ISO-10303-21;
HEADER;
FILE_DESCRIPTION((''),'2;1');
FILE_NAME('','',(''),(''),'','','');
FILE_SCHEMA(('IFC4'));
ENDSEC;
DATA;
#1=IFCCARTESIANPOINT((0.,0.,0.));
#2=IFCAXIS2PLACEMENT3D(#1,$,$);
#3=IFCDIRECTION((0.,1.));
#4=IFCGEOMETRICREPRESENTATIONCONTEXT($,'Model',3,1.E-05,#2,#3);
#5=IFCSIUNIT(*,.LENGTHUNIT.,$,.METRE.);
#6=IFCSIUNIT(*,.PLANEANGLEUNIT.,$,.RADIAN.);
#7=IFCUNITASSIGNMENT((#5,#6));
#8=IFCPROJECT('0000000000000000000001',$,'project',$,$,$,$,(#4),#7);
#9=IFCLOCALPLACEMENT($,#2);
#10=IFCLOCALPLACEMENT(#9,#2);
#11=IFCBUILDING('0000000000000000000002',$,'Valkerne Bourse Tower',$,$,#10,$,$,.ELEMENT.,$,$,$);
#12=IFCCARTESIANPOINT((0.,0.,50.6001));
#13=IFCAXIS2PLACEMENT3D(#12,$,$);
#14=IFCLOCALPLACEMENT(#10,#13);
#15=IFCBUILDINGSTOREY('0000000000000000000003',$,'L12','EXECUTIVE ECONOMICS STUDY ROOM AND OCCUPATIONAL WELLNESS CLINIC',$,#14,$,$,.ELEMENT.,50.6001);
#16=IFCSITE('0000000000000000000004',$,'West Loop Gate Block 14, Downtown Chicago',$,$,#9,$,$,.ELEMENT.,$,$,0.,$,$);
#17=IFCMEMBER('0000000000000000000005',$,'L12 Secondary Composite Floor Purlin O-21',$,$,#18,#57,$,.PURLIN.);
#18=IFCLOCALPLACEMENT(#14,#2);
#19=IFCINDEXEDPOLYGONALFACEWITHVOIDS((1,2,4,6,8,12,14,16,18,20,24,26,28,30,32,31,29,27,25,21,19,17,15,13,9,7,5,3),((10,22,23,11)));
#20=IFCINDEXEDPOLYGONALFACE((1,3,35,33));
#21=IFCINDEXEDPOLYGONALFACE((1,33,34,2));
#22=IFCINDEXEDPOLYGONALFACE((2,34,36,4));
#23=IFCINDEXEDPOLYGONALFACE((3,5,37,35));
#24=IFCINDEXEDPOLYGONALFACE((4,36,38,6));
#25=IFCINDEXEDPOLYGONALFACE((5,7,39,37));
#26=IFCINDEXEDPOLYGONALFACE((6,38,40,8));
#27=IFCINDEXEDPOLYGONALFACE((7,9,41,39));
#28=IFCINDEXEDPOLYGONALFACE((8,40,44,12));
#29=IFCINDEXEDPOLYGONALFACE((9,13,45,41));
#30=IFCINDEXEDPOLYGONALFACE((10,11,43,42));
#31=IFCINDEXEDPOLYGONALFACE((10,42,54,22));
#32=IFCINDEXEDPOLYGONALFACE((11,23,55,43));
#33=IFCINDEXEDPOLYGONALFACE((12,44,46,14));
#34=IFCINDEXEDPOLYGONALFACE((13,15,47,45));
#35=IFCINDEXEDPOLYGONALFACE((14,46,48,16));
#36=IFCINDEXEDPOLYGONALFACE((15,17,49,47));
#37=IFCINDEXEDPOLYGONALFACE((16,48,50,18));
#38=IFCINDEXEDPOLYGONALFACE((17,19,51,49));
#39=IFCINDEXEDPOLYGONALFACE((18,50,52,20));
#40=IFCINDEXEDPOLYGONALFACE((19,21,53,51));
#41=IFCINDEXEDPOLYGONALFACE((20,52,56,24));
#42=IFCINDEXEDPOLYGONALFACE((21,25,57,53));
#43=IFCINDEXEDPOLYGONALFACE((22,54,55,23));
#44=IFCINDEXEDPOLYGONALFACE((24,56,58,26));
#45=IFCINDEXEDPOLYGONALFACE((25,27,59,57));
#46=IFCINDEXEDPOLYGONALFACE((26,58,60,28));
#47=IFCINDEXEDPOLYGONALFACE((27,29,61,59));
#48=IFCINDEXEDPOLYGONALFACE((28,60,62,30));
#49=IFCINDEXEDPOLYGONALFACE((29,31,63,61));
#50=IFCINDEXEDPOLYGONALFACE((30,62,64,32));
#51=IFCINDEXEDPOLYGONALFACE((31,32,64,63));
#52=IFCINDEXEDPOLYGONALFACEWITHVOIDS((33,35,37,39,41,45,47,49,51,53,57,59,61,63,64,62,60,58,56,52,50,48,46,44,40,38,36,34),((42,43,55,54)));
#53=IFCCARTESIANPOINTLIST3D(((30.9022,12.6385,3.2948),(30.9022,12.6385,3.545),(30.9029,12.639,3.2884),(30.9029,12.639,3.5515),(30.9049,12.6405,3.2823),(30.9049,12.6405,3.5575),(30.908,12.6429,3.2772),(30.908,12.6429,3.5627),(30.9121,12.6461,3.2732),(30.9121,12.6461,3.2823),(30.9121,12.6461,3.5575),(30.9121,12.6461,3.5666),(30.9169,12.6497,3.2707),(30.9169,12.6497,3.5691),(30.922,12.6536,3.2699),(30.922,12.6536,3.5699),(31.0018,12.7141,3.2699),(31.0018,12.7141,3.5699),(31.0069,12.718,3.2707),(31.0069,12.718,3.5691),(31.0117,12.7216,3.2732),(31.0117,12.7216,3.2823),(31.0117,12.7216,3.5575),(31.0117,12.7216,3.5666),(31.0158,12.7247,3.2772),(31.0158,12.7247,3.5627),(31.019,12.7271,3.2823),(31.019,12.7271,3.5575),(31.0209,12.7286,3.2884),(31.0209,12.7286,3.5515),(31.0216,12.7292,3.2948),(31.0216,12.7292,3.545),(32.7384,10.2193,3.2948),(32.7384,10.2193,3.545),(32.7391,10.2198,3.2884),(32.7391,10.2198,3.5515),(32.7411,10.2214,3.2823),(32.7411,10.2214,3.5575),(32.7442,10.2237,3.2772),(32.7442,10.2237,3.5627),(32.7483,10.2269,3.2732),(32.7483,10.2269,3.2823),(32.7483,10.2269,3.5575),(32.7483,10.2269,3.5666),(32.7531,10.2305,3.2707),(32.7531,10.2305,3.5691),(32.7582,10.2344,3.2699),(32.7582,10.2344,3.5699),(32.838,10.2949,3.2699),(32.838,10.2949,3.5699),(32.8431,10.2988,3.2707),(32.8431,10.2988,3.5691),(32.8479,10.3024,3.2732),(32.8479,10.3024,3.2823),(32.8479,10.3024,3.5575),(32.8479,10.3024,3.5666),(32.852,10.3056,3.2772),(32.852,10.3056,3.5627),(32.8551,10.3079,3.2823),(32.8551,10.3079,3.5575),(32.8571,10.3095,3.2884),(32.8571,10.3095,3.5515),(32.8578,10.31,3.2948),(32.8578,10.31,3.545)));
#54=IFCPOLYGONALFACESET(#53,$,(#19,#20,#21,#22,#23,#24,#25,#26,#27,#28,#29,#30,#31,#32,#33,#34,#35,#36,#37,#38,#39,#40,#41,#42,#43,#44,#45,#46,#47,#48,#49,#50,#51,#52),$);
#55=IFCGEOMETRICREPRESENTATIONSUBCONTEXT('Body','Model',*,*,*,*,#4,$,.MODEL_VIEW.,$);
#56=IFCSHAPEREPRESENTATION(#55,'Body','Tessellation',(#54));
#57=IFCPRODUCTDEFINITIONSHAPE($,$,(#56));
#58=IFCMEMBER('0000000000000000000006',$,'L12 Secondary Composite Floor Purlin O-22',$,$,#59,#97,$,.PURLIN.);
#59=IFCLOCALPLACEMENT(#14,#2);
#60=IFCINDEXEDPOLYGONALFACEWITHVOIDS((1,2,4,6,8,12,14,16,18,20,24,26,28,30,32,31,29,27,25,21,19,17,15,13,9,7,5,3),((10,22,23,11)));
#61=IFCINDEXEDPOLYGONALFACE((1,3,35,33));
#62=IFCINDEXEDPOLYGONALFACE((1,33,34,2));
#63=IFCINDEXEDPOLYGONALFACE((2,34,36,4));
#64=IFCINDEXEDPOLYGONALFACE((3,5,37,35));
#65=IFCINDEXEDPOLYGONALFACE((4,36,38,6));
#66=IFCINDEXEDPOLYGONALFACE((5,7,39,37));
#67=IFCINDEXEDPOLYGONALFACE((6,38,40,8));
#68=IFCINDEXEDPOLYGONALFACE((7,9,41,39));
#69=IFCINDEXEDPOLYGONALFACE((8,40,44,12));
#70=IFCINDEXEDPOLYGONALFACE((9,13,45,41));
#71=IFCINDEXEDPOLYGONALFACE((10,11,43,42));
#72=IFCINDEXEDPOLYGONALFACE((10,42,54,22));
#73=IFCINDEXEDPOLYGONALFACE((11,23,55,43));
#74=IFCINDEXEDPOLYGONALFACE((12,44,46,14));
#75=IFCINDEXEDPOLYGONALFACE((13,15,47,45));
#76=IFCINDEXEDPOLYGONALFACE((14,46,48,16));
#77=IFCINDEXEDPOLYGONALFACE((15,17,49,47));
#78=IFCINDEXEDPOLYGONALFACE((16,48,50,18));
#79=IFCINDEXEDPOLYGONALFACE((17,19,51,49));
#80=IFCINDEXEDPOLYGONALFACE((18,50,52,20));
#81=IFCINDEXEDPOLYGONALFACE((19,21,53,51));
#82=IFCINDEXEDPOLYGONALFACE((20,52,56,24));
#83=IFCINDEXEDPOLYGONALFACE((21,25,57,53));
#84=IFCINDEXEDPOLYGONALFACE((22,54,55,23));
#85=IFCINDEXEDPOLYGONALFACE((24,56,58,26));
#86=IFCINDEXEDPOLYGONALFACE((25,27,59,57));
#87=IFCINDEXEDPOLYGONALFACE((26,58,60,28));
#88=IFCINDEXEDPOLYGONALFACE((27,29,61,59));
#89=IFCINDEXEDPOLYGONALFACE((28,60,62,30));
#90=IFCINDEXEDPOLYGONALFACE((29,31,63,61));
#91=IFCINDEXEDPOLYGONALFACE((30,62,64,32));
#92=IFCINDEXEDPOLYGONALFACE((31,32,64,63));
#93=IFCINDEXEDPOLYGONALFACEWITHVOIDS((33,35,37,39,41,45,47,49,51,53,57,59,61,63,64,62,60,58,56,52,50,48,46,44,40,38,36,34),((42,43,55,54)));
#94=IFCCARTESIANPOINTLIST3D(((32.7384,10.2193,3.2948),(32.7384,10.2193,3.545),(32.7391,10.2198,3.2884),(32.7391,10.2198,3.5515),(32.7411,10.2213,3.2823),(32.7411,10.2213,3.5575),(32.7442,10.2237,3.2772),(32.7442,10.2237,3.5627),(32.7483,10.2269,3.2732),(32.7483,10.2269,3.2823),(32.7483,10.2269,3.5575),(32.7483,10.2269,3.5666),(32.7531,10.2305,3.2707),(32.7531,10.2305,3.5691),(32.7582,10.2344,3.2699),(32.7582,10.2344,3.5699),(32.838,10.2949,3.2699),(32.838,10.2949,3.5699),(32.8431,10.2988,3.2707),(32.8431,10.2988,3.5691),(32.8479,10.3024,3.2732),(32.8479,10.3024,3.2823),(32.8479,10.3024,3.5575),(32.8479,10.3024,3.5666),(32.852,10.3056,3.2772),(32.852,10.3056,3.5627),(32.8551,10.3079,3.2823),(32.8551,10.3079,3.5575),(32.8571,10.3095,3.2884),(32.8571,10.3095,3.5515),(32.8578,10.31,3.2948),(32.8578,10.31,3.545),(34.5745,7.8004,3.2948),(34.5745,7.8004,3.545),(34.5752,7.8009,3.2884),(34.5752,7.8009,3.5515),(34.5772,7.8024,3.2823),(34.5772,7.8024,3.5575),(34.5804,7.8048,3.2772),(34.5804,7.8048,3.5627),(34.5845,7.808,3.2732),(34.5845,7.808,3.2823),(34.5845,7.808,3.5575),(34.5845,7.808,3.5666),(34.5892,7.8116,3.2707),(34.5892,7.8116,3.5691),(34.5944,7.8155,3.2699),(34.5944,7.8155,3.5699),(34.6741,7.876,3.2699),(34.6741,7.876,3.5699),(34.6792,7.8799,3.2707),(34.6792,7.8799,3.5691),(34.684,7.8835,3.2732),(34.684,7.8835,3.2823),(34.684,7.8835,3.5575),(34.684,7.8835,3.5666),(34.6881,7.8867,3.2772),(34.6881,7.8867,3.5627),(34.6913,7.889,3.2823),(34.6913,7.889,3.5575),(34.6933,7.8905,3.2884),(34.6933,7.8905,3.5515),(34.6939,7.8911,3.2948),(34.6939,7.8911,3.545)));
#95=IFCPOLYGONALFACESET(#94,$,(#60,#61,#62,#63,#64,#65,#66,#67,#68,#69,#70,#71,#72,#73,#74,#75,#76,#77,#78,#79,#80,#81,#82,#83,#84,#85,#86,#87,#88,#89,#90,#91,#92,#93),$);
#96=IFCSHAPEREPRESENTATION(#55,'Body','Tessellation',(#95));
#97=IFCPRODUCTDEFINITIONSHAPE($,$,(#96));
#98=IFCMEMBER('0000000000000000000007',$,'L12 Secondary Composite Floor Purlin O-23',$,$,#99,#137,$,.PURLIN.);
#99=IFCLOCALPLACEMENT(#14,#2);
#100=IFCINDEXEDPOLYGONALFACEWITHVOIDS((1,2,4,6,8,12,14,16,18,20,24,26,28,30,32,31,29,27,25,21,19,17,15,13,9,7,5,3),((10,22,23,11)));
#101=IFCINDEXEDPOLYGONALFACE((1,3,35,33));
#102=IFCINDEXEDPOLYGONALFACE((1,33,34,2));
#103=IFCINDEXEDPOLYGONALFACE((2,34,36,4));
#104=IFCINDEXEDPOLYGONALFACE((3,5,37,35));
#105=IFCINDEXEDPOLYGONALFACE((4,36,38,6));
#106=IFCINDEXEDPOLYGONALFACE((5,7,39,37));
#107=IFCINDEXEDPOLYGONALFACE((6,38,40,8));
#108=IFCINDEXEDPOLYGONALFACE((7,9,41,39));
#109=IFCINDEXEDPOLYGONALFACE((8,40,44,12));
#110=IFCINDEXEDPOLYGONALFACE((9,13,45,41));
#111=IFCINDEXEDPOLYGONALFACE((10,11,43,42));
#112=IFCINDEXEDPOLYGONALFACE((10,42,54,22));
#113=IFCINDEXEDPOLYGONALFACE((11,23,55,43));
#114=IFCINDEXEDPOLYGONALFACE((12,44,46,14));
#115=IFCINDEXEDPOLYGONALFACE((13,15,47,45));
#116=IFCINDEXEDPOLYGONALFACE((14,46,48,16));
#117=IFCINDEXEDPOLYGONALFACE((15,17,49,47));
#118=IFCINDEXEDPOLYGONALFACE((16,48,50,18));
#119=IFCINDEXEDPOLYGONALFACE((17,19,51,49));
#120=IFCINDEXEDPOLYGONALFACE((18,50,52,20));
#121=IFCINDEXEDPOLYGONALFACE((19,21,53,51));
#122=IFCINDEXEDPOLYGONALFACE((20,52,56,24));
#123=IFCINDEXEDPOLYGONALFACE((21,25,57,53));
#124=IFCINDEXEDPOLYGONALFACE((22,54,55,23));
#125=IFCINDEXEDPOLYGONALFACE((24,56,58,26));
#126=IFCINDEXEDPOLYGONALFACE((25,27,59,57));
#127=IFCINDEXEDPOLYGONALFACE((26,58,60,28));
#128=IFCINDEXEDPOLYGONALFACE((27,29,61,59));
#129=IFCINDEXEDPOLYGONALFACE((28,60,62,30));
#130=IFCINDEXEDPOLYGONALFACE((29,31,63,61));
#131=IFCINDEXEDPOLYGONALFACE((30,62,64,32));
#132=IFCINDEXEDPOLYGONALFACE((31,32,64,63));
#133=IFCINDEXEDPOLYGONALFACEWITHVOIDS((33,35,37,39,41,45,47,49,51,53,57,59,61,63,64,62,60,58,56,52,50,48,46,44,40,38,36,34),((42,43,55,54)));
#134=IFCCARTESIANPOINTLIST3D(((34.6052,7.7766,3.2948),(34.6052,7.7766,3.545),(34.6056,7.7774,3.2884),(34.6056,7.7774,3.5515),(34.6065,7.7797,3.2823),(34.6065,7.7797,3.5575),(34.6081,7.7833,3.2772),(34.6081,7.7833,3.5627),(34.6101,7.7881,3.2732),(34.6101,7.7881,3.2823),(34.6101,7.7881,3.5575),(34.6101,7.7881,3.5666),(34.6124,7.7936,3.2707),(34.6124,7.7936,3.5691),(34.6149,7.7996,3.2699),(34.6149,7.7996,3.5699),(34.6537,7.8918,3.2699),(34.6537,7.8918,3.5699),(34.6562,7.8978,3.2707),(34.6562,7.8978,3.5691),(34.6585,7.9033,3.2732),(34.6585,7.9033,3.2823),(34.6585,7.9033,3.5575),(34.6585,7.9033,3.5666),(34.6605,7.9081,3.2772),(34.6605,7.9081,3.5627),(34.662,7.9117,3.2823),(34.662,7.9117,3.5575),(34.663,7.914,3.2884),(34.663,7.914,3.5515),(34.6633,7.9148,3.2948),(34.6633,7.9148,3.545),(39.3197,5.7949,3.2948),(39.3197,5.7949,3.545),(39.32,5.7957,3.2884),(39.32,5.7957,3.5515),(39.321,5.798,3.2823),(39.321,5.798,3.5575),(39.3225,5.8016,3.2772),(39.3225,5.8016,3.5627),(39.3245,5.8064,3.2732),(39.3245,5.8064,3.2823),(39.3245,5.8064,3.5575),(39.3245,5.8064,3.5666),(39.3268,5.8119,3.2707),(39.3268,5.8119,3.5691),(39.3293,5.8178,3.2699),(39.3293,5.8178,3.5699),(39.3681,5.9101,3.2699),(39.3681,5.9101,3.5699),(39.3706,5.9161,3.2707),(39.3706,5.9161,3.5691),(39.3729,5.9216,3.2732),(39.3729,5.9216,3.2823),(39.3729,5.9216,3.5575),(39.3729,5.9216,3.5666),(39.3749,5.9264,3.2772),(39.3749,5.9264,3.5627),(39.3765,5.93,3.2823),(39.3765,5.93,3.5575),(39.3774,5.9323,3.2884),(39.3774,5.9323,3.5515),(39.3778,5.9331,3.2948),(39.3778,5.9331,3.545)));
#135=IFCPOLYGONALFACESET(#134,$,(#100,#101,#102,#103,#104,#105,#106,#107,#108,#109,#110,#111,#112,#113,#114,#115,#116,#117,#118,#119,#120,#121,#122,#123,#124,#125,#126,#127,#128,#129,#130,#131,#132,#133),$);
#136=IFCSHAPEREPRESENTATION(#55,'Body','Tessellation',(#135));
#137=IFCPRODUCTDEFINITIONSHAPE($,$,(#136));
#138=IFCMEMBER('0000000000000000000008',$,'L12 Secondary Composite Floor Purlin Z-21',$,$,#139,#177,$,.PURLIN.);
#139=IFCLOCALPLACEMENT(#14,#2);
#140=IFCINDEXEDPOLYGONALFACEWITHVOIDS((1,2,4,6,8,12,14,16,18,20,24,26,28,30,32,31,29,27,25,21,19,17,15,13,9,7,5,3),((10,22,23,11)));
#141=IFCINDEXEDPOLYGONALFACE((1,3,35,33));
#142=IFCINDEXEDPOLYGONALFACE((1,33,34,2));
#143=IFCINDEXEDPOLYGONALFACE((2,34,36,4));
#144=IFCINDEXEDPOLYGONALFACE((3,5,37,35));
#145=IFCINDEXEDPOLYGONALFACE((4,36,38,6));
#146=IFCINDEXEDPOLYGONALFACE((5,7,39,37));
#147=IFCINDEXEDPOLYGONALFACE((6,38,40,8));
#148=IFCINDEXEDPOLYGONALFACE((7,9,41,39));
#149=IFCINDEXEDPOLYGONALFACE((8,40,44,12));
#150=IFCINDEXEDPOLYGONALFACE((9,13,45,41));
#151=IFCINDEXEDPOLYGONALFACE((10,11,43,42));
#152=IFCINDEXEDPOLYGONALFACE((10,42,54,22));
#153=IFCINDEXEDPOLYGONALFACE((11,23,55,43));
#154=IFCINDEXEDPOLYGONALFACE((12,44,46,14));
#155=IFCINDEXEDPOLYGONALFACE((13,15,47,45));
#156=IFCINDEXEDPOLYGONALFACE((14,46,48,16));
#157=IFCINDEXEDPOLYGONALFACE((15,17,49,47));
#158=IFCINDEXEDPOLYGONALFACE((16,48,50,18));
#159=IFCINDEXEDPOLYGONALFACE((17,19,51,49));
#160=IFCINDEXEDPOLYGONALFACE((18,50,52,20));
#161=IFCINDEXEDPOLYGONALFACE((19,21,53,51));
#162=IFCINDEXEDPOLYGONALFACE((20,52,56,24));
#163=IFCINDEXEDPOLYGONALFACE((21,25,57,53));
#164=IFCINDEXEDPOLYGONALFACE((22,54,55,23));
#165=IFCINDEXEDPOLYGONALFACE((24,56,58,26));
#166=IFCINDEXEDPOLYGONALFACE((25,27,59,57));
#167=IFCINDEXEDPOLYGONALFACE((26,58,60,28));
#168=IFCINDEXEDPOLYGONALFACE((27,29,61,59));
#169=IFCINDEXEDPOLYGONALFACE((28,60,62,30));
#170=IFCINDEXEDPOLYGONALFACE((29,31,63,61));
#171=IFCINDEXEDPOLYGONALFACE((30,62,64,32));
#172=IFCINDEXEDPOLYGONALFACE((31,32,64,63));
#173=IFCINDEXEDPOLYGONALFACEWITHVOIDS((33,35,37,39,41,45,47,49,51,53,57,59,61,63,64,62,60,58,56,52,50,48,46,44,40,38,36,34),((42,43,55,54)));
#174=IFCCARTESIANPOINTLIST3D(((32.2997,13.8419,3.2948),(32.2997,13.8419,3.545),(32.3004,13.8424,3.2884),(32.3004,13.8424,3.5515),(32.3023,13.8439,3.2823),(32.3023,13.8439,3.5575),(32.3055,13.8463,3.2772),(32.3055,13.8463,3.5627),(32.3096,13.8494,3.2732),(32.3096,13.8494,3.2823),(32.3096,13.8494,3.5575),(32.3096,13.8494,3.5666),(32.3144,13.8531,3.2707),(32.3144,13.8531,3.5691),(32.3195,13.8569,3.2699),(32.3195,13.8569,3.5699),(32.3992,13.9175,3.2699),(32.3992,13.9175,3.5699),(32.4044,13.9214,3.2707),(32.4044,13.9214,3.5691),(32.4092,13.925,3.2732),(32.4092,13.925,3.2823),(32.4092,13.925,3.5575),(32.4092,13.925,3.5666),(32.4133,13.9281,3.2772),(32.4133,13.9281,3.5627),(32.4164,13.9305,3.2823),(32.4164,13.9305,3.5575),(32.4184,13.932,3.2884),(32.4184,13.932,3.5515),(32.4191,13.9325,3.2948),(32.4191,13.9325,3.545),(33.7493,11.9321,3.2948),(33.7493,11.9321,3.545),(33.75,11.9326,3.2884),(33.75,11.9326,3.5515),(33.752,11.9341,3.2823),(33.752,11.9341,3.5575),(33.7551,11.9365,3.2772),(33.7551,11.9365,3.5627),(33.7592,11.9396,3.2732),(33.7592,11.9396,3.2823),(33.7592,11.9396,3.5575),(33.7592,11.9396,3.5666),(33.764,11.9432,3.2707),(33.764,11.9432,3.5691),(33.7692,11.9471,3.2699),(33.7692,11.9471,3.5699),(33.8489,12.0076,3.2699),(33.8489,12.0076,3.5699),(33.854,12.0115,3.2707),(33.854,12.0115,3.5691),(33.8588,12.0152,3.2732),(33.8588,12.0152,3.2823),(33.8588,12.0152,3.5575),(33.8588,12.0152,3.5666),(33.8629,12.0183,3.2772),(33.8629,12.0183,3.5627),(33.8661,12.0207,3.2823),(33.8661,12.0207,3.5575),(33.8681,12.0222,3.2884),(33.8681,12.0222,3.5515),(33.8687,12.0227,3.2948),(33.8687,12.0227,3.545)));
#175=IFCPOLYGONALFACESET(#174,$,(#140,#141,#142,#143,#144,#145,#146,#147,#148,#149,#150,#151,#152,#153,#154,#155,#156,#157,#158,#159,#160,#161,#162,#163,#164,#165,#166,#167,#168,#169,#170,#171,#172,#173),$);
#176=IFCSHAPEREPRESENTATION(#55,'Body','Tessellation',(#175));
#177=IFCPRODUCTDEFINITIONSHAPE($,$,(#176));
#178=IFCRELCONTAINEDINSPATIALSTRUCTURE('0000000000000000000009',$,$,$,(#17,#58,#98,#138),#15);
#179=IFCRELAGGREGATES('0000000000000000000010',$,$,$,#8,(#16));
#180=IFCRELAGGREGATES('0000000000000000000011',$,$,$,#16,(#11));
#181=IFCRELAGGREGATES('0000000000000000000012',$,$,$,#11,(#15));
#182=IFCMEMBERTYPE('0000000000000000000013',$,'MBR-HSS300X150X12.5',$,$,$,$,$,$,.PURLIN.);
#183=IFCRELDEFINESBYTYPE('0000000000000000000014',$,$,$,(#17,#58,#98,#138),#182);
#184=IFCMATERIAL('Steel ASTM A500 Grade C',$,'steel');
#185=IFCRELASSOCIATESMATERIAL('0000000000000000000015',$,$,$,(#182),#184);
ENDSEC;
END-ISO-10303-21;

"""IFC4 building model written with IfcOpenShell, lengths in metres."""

from ifc_helpers import new_model, si_unit, direction, frame, origin, origin_2d, place, context, subcontext, project, spatial, hollow_rectangle, extrude, material, material_profile, profile_set, type_object, element, save


model = new_model("IFC4")

# Units and contexts
model_context = context("Model", 3, precision=1e-05, world=origin(), true_north=direction((0.0, 1.0)))
body_context = subcontext(model_context, "Body", "Model", "MODEL_VIEW")
ifc_project = project(units=[si_unit("LENGTHUNIT", "METRE"), si_unit("PLANEANGLEUNIT", "RADIAN")], contexts=[model_context])

# Site, building, storey
site_placement = place(None, origin())
site = spatial("IfcSite", under=ifc_project, at=site_placement, Name="West Loop Gate Block 14, Downtown Chicago", CompositionType="ELEMENT", RefElevation=0.0)
building_placement = place(site_placement, origin())
building = spatial("IfcBuilding", under=site, at=building_placement, Name="Valkerne Bourse Tower", CompositionType="ELEMENT")
storey_placement = place(building_placement, frame((0.0, 0.0, 50.6001)))
storey = spatial("IfcBuildingStorey", under=building, at=storey_placement, Name="L12", Description="EXECUTIVE ECONOMICS STUDY ROOM AND OCCUPATIONAL WELLNESS CLINIC", CompositionType="ELEMENT", Elevation=50.6001)

# Members
ifc_material_1 = material(Name="Steel ASTM A500 Grade C", Category="steel")
ifc_material_profile_1 = material_profile(ifc_material_1, hollow_rectangle(XDim=0.1499, YDim=0.3, WallThickness=0.0125, OuterFilletRadius=0.0249, at=origin_2d()), Name="HSS300X150X12.5")
ifc_profile_set_1 = profile_set([ifc_material_profile_1], Name="Steel ASTM A500 Grade C")
member_type_1 = type_object("IfcMemberType", Name="MBR-HSS300X150X12.5", PredefinedType="PURLIN", material=ifc_profile_set_1)
member_1_placement = place(storey_placement, frame((30.9619, 12.6838, 3.4199), z_axis=(0.604582, -0.796543, 0.0), x_axis=(0.796543, 0.604582, 0.0)))
element("IfcMember", 1, at=member_1_placement, inside=storey, type_object=member_type_1, Name="L12 Secondary Composite Floor Purlin O-21", PredefinedType="PURLIN", context=body_context, shape_type="SweptSolid", body=[
    extrude(hollow_rectangle(XDim=0.1499, YDim=0.3, WallThickness=0.0125, OuterFilletRadius=0.0249, at=origin_2d()), origin(), (0.0, 0.0, 1.0), 3.0371),
])
member_2_placement = place(storey_placement, frame((32.7981, 10.2646, 3.4199), z_axis=(0.60462, -0.796514, 0.0), x_axis=(0.796514, 0.60462, 0.0)))
element("IfcMember", 2, at=member_2_placement, inside=storey, type_object=member_type_1, Name="L12 Secondary Composite Floor Purlin O-22", PredefinedType="PURLIN", context=body_context, shape_type="SweptSolid", body=[
    extrude(hollow_rectangle(XDim=0.1499, YDim=0.3, WallThickness=0.0125, OuterFilletRadius=0.0249, at=origin_2d()), origin(), (0.0, 0.0, 1.0), 3.0369),
])
member_3_placement = place(storey_placement, frame((34.6343, 7.8457, 3.4199), z_axis=(0.921866, -0.387508, 0.0), x_axis=(0.387508, 0.921866, 0.0)))
element("IfcMember", 3, at=member_3_placement, inside=storey, type_object=member_type_1, Name="L12 Secondary Composite Floor Purlin O-23", PredefinedType="PURLIN", context=body_context, shape_type="SweptSolid", body=[
    extrude(hollow_rectangle(XDim=0.1499, YDim=0.3, WallThickness=0.0125, OuterFilletRadius=0.0249, at=origin_2d()), origin(), (0.0, 0.0, 1.0), 5.114),
])
member_4_placement = place(storey_placement, frame((32.3594, 13.8872, 3.4199), z_axis=(0.6046, -0.796529, 0.0), x_axis=(0.796529, 0.6046, 0.0)))
element("IfcMember", 4, at=member_4_placement, inside=storey, type_object=member_type_1, Name="L12 Secondary Composite Floor Purlin Z-21", PredefinedType="PURLIN", context=body_context, shape_type="SweptSolid", body=[
    extrude(hollow_rectangle(XDim=0.1499, YDim=0.3, WallThickness=0.0125, OuterFilletRadius=0.0249, at=origin_2d()), origin(), (0.0, 0.0, 1.0), 2.3977),
])

save(model, "model.ifc")
